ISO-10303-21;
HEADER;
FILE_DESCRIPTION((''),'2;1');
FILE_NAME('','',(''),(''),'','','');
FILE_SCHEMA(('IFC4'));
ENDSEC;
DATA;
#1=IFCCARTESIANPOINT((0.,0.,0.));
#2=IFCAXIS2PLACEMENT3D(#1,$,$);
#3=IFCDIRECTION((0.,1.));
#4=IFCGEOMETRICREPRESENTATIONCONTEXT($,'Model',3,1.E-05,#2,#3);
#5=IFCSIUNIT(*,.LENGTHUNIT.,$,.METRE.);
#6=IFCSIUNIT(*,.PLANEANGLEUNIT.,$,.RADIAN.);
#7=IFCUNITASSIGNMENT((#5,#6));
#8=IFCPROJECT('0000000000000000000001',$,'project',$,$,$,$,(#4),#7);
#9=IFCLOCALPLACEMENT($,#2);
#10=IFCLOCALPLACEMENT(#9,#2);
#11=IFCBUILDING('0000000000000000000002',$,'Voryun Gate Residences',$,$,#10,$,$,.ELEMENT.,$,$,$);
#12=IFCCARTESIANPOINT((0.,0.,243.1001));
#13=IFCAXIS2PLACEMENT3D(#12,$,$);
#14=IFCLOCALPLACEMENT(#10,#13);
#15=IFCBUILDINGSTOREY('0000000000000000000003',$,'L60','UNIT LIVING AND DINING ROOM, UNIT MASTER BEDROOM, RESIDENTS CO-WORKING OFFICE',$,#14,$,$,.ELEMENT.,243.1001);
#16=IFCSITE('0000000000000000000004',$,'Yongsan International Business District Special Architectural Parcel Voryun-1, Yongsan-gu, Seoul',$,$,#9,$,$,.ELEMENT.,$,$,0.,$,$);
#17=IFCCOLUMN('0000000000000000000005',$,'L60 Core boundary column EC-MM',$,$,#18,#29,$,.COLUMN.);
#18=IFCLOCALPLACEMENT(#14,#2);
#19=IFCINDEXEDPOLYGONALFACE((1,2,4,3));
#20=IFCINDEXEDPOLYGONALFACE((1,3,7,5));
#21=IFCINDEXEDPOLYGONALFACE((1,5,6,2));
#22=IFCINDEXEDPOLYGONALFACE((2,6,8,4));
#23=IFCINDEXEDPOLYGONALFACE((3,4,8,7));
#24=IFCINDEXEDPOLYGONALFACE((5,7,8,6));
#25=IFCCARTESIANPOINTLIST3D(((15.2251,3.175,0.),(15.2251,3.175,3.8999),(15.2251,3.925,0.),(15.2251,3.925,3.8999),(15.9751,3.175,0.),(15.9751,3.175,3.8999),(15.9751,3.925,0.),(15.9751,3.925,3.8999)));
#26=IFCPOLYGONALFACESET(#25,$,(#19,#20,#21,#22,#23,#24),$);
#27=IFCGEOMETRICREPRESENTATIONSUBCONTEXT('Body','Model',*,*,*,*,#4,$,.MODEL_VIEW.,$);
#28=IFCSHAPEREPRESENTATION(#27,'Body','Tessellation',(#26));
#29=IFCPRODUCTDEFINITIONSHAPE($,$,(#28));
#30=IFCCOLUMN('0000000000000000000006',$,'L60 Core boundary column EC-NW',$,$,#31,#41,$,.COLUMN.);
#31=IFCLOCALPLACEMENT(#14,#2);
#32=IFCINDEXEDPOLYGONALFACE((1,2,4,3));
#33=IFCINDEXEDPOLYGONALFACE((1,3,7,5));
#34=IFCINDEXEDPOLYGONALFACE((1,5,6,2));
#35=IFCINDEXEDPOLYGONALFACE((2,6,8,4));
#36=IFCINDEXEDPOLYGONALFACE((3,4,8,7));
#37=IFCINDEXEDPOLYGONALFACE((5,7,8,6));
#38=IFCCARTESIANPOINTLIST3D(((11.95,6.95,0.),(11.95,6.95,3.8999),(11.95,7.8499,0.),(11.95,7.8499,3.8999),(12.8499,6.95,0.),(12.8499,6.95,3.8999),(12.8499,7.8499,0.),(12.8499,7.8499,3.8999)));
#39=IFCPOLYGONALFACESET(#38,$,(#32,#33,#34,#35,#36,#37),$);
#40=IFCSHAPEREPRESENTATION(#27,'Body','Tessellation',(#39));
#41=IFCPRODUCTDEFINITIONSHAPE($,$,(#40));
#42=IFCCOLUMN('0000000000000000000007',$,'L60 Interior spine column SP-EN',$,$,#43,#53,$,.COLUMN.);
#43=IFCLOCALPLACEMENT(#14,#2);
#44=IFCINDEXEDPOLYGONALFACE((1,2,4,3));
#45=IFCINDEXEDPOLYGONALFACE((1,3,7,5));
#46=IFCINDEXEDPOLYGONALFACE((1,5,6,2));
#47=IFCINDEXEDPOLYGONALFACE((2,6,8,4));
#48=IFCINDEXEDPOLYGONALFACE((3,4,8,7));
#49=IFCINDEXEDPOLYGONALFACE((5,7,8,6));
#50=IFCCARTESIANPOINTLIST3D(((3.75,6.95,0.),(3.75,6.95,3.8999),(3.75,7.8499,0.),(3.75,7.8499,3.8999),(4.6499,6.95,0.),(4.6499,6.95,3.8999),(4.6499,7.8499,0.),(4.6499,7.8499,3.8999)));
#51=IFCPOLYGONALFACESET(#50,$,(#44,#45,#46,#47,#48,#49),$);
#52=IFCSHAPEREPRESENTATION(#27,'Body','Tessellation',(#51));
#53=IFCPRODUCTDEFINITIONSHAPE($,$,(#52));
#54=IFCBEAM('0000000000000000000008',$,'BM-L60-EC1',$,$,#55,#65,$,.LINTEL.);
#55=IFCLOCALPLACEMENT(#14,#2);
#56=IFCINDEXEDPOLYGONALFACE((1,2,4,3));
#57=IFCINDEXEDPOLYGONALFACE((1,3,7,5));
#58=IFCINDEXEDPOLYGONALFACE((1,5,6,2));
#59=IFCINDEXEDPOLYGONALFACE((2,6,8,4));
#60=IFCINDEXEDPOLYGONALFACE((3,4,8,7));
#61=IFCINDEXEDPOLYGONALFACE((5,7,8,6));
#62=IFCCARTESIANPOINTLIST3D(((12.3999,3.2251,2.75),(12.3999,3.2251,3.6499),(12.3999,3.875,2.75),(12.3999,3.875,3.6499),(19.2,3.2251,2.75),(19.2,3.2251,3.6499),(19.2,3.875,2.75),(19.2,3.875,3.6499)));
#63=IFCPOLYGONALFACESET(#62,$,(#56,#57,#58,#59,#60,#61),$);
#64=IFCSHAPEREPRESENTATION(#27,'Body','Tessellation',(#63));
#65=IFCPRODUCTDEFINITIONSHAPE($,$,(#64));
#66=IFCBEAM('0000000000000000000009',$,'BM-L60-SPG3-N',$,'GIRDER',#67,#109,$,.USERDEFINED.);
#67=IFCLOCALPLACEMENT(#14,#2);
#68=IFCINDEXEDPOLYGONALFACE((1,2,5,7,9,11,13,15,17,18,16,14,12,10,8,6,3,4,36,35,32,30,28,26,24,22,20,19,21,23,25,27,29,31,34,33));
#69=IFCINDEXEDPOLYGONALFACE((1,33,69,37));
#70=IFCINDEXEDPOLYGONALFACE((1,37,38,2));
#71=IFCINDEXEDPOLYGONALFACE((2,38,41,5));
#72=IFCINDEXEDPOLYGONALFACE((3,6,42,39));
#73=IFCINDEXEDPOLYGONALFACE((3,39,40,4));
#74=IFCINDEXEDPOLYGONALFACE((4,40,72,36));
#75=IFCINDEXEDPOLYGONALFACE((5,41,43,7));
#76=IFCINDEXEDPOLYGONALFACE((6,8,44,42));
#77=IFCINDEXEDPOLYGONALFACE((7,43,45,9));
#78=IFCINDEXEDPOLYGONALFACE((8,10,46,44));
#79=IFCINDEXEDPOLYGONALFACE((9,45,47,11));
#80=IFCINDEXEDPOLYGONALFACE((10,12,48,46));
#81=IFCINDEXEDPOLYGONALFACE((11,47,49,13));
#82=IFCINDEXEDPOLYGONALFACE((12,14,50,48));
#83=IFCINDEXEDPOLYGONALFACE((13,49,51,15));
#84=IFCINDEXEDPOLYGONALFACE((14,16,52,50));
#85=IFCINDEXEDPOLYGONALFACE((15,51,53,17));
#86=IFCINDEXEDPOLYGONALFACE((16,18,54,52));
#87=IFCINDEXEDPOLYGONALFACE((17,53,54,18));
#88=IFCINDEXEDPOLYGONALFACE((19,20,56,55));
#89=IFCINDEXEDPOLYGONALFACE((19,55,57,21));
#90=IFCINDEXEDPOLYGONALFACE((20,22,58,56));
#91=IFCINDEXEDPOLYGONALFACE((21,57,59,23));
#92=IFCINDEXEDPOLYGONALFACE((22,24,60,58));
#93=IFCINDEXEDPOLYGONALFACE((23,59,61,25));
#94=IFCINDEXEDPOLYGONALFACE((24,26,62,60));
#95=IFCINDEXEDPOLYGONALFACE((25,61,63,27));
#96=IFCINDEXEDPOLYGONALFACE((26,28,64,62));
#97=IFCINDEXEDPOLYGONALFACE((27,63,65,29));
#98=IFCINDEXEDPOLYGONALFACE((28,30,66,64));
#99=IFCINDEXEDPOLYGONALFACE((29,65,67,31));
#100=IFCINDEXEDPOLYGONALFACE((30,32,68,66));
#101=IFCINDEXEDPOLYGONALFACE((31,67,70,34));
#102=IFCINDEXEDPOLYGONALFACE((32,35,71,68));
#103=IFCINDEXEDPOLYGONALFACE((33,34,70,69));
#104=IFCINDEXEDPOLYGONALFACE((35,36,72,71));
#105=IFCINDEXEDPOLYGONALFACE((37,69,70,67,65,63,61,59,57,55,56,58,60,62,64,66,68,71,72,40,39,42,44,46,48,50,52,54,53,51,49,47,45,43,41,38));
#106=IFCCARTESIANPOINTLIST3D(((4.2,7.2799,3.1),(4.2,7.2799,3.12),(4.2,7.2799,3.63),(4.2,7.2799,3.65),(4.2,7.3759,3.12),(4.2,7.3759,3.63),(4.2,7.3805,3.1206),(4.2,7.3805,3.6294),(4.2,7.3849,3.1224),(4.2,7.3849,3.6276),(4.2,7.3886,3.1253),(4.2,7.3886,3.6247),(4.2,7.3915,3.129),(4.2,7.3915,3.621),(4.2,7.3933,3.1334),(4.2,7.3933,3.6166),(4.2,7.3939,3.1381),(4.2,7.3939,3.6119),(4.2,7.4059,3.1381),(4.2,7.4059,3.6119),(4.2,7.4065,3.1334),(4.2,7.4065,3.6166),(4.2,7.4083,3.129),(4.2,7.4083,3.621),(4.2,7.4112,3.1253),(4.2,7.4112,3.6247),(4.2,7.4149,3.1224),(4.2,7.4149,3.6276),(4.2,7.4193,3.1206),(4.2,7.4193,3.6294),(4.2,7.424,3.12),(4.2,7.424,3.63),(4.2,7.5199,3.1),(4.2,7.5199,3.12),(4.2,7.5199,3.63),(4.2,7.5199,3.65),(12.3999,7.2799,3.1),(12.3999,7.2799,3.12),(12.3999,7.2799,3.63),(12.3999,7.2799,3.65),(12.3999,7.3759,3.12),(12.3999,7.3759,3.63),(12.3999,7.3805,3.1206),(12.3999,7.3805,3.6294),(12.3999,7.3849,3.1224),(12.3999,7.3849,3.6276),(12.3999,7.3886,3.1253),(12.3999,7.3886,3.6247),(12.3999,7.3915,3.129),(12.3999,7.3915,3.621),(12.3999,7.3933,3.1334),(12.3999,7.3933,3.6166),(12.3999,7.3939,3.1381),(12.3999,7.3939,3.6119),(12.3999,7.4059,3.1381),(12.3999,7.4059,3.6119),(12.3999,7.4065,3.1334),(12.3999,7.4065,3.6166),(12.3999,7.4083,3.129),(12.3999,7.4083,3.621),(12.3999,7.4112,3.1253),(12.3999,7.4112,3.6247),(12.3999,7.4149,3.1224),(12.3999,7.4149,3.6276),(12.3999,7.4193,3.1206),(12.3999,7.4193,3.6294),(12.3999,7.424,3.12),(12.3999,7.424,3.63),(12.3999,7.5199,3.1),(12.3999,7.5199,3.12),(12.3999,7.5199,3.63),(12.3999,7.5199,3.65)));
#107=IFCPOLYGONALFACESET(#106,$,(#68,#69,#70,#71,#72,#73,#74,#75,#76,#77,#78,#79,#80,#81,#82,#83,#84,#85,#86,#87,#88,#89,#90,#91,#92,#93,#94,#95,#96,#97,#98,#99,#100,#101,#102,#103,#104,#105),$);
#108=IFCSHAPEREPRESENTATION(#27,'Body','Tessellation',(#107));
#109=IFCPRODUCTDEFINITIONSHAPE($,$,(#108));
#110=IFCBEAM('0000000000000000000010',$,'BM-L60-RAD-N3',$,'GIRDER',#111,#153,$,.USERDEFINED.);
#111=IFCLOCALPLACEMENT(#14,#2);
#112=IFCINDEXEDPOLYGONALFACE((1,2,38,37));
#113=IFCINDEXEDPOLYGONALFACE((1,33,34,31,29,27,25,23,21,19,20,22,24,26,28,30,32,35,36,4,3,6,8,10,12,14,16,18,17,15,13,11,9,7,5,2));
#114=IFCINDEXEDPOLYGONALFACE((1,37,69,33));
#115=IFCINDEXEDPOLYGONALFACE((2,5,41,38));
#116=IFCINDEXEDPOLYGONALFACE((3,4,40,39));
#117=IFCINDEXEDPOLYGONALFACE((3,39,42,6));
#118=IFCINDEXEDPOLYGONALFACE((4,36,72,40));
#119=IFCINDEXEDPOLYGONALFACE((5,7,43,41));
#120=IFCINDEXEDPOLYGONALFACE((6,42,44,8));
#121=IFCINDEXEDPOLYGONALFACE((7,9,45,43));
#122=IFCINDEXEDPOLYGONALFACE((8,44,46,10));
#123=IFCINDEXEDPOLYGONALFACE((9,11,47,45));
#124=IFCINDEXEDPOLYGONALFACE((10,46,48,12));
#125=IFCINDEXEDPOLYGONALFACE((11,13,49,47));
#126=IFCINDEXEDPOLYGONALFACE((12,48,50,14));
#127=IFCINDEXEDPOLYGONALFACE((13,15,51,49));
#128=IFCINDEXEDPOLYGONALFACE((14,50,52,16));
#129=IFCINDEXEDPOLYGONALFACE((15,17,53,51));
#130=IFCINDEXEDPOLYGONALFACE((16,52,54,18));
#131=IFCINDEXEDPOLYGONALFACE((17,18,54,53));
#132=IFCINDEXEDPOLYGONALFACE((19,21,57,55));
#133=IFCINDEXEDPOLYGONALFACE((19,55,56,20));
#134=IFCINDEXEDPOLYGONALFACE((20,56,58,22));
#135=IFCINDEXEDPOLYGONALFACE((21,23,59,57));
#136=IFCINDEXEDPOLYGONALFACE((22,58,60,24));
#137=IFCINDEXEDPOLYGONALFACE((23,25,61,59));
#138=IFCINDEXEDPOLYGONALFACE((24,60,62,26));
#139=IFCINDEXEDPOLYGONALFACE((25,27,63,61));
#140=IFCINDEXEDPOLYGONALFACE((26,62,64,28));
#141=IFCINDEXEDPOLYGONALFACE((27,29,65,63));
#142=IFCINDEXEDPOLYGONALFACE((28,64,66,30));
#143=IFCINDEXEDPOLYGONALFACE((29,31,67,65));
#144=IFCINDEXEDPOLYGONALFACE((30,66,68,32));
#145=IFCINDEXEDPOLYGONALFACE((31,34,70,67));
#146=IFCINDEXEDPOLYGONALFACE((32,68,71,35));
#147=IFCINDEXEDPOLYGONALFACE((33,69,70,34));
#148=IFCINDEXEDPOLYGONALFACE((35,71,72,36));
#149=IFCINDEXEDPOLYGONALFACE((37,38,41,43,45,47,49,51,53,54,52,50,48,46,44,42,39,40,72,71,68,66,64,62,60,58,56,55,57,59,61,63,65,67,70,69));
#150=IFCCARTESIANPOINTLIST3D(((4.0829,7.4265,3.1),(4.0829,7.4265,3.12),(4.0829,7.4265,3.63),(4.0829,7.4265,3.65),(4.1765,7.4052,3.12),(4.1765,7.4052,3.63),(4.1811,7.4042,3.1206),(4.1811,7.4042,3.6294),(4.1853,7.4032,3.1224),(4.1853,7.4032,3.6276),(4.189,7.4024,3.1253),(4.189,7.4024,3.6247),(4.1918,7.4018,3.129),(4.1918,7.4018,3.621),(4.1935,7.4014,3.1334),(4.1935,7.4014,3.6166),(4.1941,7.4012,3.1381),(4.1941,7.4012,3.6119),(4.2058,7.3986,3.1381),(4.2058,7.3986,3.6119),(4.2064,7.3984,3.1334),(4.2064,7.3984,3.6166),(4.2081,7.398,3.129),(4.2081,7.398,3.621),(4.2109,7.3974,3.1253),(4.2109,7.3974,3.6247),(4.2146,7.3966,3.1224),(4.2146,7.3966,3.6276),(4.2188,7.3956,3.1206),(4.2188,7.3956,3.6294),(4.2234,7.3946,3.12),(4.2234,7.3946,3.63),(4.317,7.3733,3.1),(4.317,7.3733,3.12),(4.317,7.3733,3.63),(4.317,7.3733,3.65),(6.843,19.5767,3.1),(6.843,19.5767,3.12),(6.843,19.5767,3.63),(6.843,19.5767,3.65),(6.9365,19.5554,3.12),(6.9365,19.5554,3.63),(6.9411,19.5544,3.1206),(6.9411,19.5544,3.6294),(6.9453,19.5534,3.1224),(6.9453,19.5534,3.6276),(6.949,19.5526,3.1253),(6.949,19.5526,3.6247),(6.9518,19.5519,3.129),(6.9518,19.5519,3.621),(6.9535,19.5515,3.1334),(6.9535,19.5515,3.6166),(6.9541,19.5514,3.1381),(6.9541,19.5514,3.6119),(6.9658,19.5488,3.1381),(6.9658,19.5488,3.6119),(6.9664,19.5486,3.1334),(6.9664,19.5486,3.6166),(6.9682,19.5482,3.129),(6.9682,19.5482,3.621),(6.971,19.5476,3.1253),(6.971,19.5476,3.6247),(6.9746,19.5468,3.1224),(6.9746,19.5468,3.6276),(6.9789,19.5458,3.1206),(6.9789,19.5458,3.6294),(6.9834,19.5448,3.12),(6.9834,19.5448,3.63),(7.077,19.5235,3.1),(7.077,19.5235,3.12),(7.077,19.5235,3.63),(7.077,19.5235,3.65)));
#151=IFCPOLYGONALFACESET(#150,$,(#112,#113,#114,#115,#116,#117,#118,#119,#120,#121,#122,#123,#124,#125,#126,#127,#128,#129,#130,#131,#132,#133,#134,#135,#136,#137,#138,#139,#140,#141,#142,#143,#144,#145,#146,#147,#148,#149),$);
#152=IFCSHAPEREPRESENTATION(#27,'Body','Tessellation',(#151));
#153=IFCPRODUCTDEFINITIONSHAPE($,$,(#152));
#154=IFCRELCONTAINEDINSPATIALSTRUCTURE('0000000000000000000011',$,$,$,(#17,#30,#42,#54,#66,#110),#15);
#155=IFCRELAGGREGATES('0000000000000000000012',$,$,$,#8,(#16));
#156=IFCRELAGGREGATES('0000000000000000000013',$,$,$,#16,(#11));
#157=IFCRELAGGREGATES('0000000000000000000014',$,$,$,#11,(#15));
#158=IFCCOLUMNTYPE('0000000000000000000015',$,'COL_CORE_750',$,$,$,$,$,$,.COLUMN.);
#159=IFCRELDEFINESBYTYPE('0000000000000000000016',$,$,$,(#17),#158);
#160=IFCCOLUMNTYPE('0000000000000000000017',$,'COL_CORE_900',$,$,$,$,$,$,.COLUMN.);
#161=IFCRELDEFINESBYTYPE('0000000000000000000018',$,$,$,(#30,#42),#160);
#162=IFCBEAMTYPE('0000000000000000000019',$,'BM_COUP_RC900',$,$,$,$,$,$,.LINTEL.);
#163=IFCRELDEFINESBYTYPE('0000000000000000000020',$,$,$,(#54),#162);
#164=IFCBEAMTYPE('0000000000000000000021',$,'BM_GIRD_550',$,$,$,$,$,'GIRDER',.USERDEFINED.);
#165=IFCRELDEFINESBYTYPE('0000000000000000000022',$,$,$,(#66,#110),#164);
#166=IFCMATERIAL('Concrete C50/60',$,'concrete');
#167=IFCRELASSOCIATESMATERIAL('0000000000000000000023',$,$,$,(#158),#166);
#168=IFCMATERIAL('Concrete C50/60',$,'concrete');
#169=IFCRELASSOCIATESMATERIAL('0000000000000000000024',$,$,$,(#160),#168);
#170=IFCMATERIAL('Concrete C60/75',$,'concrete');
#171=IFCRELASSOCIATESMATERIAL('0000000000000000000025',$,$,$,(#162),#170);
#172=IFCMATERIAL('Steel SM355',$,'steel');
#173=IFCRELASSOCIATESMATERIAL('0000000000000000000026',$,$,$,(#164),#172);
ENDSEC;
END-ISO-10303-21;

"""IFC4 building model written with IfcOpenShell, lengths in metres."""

from ifc_helpers import new_model, si_unit, direction, frame, origin, origin_2d, place, context, subcontext, project, spatial, rectangle, i_section, extrude, material, material_profile, profile_set, type_object, element, save


model = new_model("IFC4")

# Units and contexts
model_context = context("Model", 3, precision=1e-05, world=origin(), true_north=direction((0.0, 1.0)))
body_context = subcontext(model_context, "Body", "Model", "MODEL_VIEW")
ifc_project = project(units=[si_unit("LENGTHUNIT", "METRE"), si_unit("PLANEANGLEUNIT", "RADIAN")], contexts=[model_context])

# Site, building, storey
site_placement = place(None, origin())
site = spatial("IfcSite", under=ifc_project, at=site_placement, Name="Yongsan International Business District Special Architectural Parcel Voryun-1, Yongsan-gu, Seoul", CompositionType="ELEMENT", RefElevation=0.0)
building_placement = place(site_placement, origin())
building = spatial("IfcBuilding", under=site, at=building_placement, Name="Voryun Gate Residences", CompositionType="ELEMENT")
storey_placement = place(building_placement, frame((0.0, 0.0, 243.1001)))
storey = spatial("IfcBuildingStorey", under=building, at=storey_placement, Name="L60", Description="UNIT LIVING AND DINING ROOM, UNIT MASTER BEDROOM, RESIDENTS CO-WORKING OFFICE", CompositionType="ELEMENT", Elevation=243.1001)

# Columns
ifc_material_1 = material(Name="Concrete C50/60", Category="concrete")
ifc_material_profile_1 = material_profile(ifc_material_1, rectangle(XDim=0.75, YDim=0.75, at=origin_2d()), Name="RC-750x750")
ifc_profile_set_1 = profile_set([ifc_material_profile_1], Name="Concrete C50/60")
column_type_1 = type_object("IfcColumnType", Name="COL_CORE_750", PredefinedType="COLUMN", material=ifc_profile_set_1)
column_placement = place(storey_placement, frame((15.6001, 3.55, 0.0), z_axis=(0.0, 0.0, 1.0), x_axis=(1.0, 0.0, 0.0)))
element("IfcColumn", 1, at=column_placement, inside=storey, type_object=column_type_1, Name="L60 Core boundary column EC-MM", PredefinedType="COLUMN", context=body_context, shape_type="SweptSolid", body=[
    extrude(rectangle(XDim=0.75, YDim=0.75, at=origin_2d()), origin(), (0.0, 0.0, 1.0), 3.8999),
])
ifc_material_2 = material(Name="Concrete C50/60", Category="concrete")
ifc_material_profile_2 = material_profile(ifc_material_2, rectangle(XDim=0.8999, YDim=0.8999, at=origin_2d()), Name="RC-900x900")
ifc_profile_set_2 = profile_set([ifc_material_profile_2], Name="Concrete C50/60")
column_type_2 = type_object("IfcColumnType", Name="COL_CORE_900", PredefinedType="COLUMN", material=ifc_profile_set_2)
for number, where, z_axis, x_axis, name in (
    (2, (12.3999, 7.3999, 0.0), (0.0, 0.0, 1.0), (1.0, 0.0, 0.0), "L60 Core boundary column EC-NW"),
    (3, (4.2, 7.3999, 0.0), (0.0, 0.0, 1.0), (1.0, 0.0, 0.0), "L60 Interior spine column SP-EN"),
):
    element("IfcColumn", number, at=place(storey_placement, frame(where, z_axis=z_axis, x_axis=x_axis)), inside=storey, type_object=column_type_2, Name=name, PredefinedType="COLUMN", context=body_context, shape_type="SweptSolid", body=[
        extrude(rectangle(XDim=0.8999, YDim=0.8999, at=origin_2d()), origin(), (0.0, 0.0, 1.0), 3.8999),
    ])

# Beams
ifc_material_3 = material(Name="Concrete C60/75", Category="concrete")
ifc_material_profile_3 = material_profile(ifc_material_3, rectangle(XDim=0.6499, YDim=0.8999, at=origin_2d()), Name="RC-650x900")
ifc_profile_set_3 = profile_set([ifc_material_profile_3], Name="Concrete C60/75")
beam_type_1 = type_object("IfcBeamType", Name="BM_COUP_RC900", PredefinedType="LINTEL", material=ifc_profile_set_3)
beam_1_placement = place(storey_placement, frame((12.3999, 3.55, 3.2), z_axis=(1.0, 0.0, 0.0), x_axis=(0.0, 1.0, 0.0)))
element("IfcBeam", 4, at=beam_1_placement, inside=storey, type_object=beam_type_1, Name="BM-L60-EC1", PredefinedType="LINTEL", context=body_context, shape_type="SweptSolid", body=[
    extrude(rectangle(XDim=0.6499, YDim=0.8999, at=origin_2d()), origin(), (0.0, 0.0, 1.0), 6.8),
])
ifc_material_4 = material(Name="Steel SM355", Category="steel")
ifc_material_profile_4 = material_profile(ifc_material_4, i_section(OverallWidth=0.24, OverallDepth=0.55, WebThickness=0.012, FlangeThickness=0.02, FilletRadius=0.0181, at=origin_2d()), Name="H-550x240x12x20")
ifc_profile_set_4 = profile_set([ifc_material_profile_4], Name="Steel SM355")
beam_type_2 = type_object("IfcBeamType", Name="BM_GIRD_550", ElementType="GIRDER", PredefinedType="USERDEFINED", material=ifc_profile_set_4)
beam_2_placement = place(storey_placement, frame((4.2, 7.3999, 3.375), z_axis=(1.0, 0.0, 0.0), x_axis=(0.0, 1.0, 0.0)))
element("IfcBeam", 5, at=beam_2_placement, inside=storey, type_object=beam_type_2, Name="BM-L60-SPG3-N", ObjectType="GIRDER", PredefinedType="USERDEFINED", context=body_context, shape_type="SweptSolid", body=[
    extrude(i_section(OverallWidth=0.24, OverallDepth=0.55, WebThickness=0.012, FlangeThickness=0.02, FilletRadius=0.0181, at=origin_2d()), origin(), (0.0, 0.0, 1.0), 8.2),
])
beam_3_placement = place(storey_placement, frame((4.2, 7.3999, 3.375), z_axis=(0.221515, 0.975157, 0.0), x_axis=(-0.975157, 0.221515, 0.0)))
element("IfcBeam", 6, at=beam_3_placement, inside=storey, type_object=beam_type_2, Name="BM-L60-RAD-N3", ObjectType="GIRDER", PredefinedType="USERDEFINED", context=body_context, shape_type="SweptSolid", body=[
    extrude(i_section(OverallWidth=0.24, OverallDepth=0.55, WebThickness=0.012, FlangeThickness=0.02, FilletRadius=0.0181, at=origin_2d()), origin(), (0.0, 0.0, 1.0), 12.4597),
])

save(model, "model.ifc")
